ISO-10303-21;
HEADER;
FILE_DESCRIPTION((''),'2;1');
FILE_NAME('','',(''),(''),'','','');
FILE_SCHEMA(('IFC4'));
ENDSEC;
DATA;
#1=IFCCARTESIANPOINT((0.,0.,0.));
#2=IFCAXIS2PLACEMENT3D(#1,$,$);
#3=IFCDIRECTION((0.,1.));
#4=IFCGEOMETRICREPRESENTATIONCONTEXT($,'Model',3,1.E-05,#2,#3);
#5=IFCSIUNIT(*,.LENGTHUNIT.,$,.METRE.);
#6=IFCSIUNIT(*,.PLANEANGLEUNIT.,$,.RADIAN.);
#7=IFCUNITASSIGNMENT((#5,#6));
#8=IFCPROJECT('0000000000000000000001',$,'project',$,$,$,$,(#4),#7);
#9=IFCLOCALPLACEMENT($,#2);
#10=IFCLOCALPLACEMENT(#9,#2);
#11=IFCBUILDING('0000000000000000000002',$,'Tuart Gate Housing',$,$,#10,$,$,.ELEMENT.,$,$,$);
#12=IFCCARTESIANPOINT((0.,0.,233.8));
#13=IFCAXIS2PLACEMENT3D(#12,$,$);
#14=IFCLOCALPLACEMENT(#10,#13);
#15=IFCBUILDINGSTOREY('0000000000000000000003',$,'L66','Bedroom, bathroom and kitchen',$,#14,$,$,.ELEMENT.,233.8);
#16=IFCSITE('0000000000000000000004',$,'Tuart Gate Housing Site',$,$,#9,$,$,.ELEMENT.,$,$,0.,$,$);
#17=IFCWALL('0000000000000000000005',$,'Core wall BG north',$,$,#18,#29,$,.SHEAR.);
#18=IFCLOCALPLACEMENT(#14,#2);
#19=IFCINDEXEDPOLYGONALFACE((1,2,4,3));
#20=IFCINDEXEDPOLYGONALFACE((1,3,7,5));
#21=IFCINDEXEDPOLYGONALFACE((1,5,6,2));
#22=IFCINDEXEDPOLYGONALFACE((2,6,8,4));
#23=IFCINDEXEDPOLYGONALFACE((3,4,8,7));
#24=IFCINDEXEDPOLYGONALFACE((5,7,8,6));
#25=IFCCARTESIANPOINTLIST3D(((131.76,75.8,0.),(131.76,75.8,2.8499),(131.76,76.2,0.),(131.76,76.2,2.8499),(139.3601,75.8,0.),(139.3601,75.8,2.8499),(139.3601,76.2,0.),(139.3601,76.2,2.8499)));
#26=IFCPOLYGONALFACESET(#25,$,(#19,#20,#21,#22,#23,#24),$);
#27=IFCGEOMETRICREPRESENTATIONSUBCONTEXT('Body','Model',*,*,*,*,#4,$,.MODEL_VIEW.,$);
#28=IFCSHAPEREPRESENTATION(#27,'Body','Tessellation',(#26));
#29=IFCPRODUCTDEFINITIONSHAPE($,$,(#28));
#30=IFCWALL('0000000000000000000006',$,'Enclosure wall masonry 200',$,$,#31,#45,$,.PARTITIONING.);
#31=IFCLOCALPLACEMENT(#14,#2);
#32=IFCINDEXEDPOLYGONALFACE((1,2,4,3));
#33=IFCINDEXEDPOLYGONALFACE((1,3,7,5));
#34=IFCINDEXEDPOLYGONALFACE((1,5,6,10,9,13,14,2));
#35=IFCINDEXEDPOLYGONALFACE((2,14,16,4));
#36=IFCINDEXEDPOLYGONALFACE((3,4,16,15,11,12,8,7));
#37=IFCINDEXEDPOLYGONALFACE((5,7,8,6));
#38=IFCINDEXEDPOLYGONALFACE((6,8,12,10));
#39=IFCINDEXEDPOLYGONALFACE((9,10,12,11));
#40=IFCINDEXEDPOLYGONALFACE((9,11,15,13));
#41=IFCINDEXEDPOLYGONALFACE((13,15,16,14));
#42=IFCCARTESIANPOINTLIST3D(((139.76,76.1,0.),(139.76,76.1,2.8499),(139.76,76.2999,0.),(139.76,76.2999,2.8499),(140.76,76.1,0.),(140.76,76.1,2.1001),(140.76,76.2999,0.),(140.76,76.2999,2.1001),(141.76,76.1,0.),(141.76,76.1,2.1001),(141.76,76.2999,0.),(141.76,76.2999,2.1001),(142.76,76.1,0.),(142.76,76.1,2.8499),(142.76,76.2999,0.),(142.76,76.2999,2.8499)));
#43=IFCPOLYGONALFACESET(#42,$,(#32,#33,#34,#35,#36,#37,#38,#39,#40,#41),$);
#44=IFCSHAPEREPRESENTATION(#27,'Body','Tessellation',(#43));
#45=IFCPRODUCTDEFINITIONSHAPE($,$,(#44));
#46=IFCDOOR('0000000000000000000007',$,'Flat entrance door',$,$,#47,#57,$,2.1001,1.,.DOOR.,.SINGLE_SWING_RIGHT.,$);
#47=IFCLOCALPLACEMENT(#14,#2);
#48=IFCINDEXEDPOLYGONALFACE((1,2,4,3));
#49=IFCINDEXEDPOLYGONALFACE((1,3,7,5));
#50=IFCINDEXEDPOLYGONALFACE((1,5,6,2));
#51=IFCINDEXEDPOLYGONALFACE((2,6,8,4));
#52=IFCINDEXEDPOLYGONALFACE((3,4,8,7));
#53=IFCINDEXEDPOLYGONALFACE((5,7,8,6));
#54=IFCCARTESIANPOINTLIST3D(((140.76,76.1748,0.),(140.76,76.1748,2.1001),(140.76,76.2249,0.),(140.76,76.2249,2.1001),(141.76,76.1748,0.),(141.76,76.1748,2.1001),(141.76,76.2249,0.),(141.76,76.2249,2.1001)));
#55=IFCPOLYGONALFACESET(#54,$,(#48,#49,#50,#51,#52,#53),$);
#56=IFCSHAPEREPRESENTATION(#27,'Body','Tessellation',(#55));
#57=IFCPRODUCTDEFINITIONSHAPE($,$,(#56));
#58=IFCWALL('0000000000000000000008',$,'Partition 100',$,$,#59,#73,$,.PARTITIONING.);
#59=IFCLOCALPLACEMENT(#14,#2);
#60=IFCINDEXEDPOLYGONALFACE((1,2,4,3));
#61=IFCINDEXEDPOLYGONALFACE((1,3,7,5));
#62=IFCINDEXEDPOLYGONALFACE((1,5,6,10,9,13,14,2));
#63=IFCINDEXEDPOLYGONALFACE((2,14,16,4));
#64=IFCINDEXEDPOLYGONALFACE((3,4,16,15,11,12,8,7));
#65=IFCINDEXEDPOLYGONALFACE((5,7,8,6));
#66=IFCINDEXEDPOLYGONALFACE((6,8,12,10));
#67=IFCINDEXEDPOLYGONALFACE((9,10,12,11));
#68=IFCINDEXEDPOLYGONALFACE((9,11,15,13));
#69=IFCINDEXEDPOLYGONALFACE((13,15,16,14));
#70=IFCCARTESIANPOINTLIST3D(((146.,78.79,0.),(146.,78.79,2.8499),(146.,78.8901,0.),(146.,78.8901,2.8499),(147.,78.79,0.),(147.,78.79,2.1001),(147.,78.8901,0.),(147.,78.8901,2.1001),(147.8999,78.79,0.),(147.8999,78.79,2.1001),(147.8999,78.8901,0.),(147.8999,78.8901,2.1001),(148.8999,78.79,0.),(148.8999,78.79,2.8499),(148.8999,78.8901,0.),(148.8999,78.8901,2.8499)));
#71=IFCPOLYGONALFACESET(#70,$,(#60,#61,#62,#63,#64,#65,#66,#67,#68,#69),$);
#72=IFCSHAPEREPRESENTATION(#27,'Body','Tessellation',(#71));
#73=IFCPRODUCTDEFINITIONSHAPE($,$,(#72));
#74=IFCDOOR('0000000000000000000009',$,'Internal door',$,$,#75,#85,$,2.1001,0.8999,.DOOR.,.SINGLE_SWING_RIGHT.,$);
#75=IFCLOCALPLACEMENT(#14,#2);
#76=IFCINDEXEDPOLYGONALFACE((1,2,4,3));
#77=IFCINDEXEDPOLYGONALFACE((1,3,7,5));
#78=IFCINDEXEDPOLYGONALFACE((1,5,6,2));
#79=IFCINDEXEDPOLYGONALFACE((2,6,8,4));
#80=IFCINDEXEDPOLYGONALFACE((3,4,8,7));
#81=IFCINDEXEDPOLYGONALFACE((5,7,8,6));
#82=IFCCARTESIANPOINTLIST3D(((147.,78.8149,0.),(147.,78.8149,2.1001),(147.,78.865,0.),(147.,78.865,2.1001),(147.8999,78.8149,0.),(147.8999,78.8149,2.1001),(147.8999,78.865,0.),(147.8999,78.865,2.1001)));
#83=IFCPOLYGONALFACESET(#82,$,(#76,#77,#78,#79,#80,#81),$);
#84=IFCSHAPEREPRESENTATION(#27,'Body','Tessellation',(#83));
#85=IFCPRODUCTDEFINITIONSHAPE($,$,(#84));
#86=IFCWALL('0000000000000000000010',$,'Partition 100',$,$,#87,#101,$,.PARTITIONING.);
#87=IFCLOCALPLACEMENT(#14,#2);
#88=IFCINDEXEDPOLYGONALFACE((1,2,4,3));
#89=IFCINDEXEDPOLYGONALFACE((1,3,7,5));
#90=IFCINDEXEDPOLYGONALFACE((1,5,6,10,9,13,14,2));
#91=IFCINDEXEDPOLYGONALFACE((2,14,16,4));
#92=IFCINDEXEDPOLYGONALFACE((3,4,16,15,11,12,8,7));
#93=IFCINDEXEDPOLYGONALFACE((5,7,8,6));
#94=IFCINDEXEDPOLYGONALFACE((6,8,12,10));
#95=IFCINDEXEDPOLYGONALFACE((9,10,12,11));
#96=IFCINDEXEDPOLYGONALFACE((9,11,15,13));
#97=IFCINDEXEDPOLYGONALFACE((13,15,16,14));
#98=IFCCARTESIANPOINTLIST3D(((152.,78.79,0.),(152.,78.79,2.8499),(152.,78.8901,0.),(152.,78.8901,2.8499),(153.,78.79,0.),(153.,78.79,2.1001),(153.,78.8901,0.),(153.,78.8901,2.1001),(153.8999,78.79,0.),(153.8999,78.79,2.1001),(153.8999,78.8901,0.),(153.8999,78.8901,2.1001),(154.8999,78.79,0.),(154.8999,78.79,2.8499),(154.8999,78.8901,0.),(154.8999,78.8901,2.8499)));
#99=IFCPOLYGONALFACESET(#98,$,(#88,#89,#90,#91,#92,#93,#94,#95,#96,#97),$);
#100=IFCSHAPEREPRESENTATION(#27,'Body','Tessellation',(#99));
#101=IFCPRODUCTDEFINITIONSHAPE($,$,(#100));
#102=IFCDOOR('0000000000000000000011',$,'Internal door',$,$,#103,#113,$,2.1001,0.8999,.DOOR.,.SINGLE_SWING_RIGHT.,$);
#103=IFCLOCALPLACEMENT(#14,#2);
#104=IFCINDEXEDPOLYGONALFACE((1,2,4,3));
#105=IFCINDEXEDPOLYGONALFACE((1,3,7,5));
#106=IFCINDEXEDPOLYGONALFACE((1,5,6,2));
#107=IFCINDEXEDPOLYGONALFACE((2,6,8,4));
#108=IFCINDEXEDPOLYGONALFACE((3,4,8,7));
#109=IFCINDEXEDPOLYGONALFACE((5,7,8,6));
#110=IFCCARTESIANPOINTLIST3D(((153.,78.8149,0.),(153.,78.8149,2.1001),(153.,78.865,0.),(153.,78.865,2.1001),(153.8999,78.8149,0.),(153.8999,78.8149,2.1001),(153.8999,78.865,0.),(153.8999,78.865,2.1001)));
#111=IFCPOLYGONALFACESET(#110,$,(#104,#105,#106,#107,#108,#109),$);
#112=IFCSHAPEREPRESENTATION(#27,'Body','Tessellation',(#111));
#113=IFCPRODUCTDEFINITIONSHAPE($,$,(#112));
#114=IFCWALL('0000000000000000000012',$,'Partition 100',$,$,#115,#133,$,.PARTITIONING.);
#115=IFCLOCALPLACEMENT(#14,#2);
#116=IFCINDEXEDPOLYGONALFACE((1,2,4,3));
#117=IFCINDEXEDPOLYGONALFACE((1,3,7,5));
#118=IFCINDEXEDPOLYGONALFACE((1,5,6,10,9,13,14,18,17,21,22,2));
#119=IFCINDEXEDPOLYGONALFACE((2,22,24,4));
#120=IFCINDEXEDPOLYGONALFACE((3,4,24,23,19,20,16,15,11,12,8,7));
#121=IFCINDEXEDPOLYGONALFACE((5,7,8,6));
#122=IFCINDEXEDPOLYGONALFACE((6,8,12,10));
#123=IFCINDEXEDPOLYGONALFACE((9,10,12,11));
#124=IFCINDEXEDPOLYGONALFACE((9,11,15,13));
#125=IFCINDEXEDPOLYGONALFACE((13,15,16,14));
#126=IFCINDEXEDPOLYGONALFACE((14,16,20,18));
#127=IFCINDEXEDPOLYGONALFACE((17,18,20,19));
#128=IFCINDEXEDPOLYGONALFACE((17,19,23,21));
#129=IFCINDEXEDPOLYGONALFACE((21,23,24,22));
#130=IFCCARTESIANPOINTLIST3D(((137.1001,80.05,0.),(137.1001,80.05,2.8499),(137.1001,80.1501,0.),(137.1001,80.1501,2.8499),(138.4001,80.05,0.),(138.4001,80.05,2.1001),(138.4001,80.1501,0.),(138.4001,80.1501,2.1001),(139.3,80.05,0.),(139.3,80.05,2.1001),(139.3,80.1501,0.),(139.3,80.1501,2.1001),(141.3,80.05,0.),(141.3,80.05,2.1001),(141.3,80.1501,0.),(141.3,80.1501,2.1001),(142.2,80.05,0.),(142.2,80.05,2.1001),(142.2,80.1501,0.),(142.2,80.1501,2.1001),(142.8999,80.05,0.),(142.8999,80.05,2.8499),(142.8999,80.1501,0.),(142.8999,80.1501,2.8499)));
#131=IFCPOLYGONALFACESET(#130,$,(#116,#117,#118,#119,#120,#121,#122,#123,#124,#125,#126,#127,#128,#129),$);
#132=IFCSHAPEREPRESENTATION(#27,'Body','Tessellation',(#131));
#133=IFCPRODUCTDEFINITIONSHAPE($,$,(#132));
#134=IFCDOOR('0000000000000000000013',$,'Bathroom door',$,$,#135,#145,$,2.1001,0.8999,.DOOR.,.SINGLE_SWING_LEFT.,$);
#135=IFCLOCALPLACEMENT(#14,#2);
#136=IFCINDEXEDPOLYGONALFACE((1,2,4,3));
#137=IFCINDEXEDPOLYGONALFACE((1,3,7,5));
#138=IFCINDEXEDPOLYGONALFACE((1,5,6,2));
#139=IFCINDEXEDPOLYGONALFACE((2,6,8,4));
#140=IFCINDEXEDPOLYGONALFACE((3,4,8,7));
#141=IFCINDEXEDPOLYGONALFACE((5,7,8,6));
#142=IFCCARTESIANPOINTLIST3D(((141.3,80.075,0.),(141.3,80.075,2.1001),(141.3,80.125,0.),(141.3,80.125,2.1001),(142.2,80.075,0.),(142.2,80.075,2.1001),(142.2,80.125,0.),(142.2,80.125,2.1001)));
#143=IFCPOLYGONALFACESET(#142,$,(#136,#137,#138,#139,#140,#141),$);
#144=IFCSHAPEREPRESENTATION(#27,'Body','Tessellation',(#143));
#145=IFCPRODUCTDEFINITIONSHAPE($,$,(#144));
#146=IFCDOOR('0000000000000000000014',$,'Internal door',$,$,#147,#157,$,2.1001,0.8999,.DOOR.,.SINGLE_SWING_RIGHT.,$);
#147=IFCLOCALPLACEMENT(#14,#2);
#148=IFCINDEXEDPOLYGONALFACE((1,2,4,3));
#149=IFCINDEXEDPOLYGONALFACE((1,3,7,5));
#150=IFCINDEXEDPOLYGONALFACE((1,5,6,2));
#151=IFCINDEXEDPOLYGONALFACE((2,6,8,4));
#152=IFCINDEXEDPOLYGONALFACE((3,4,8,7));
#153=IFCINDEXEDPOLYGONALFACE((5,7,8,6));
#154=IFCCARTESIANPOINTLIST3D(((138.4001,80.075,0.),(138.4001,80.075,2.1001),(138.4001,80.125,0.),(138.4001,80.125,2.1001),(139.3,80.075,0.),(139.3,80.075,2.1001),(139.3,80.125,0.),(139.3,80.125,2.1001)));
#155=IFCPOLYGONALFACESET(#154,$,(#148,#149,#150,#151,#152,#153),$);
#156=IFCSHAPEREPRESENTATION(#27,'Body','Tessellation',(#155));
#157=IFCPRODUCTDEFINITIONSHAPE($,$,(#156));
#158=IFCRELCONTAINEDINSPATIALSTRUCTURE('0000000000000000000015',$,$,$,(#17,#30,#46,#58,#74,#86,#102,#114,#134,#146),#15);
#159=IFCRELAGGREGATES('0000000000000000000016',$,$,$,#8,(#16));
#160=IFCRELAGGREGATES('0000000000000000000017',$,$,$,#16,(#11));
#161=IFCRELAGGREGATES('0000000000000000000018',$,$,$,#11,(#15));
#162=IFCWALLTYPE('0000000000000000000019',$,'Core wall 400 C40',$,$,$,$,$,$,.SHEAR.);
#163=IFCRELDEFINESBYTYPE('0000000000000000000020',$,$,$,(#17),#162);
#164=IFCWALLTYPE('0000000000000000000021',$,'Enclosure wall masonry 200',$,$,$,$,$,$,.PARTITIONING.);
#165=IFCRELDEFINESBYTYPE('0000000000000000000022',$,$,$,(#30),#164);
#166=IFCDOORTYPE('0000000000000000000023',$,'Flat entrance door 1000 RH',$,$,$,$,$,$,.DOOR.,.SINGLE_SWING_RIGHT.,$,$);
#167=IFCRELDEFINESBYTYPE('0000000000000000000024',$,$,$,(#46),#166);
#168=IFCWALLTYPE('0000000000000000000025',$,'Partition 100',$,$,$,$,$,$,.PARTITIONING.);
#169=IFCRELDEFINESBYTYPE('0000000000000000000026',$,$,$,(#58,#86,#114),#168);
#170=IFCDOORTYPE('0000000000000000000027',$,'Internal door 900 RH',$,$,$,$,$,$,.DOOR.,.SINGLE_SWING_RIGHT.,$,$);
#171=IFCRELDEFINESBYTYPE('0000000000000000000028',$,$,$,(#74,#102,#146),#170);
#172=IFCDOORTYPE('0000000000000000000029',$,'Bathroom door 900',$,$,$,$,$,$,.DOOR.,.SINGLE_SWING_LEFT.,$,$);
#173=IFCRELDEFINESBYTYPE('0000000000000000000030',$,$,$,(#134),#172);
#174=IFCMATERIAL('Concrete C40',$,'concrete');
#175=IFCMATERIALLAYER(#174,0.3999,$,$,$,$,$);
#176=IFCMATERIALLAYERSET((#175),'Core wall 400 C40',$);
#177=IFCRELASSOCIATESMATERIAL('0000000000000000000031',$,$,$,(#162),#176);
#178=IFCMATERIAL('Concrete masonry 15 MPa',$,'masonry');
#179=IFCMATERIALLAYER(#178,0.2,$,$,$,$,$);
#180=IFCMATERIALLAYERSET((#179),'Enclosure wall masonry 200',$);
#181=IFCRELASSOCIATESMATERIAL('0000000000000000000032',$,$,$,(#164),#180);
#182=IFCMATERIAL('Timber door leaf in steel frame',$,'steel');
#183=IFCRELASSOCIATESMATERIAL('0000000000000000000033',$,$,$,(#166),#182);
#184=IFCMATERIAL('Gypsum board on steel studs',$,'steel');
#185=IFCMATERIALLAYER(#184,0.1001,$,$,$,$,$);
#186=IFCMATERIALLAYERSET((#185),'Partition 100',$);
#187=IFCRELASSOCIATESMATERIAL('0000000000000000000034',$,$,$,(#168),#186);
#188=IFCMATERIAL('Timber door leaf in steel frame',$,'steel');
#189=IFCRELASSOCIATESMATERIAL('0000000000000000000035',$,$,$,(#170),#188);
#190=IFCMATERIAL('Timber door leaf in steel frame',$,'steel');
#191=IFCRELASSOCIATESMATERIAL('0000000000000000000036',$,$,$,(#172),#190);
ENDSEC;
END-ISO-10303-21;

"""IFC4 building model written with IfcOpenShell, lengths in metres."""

from ifc_helpers import new_model, si_unit, direction, frame, frame_2d, origin, place, context, subcontext, project, spatial, rectangle, extrude, material, layer, layer_set, type_object, element, fill, save


model = new_model("IFC4")

# Units and contexts
model_context = context("Model", 3, precision=1e-05, world=origin(), true_north=direction((0.0, 1.0)))
body_context = subcontext(model_context, "Body", "Model", "MODEL_VIEW")
ifc_project = project(units=[si_unit("LENGTHUNIT", "METRE"), si_unit("PLANEANGLEUNIT", "RADIAN")], contexts=[model_context])

# Site, building, storey
site_placement = place(None, origin())
site = spatial("IfcSite", under=ifc_project, at=site_placement, Name="Tuart Gate Housing Site", CompositionType="ELEMENT", RefElevation=0.0)
building_placement = place(site_placement, origin())
building = spatial("IfcBuilding", under=site, at=building_placement, Name="Tuart Gate Housing", CompositionType="ELEMENT")
storey_placement = place(building_placement, frame((0.0, 0.0, 233.8)))
storey = spatial("IfcBuildingStorey", under=building, at=storey_placement, Name="L66", Description="Bedroom, bathroom and kitchen", CompositionType="ELEMENT", Elevation=233.8)

# Wall
ifc_material_1 = material(Name="Concrete C40", Category="concrete")
ifc_layer_1 = layer(ifc_material_1, 0.3999)
ifc_layer_set_1 = layer_set([ifc_layer_1], Name="Core wall 400 C40")
wall_type_1 = type_object("IfcWallType", Name="Core wall 400 C40", PredefinedType="SHEAR", material=ifc_layer_set_1)
wall_1_placement = place(storey_placement, frame((139.3601, 76.0, 0.0), z_axis=(0.0, 0.0, 1.0), x_axis=(-1.0, 0.0, 0.0)))
element("IfcWall", 1, at=wall_1_placement, inside=storey, type_object=wall_type_1, Name="Core wall BG north", PredefinedType="SHEAR", context=body_context, shape_type="SweptSolid", body=[
    extrude(rectangle(XDim=7.6001, YDim=0.3999, at=frame_2d((3.8, 0.0))), origin(), (0.0, 0.0, 1.0), 2.8499),
])

# Walls, openings, doors
ifc_material_2 = material(Name="Concrete masonry 15 MPa", Category="masonry")
ifc_layer_2 = layer(ifc_material_2, 0.2)
ifc_layer_set_2 = layer_set([ifc_layer_2], Name="Enclosure wall masonry 200")
wall_type_2 = type_object("IfcWallType", Name="Enclosure wall masonry 200", PredefinedType="PARTITIONING", material=ifc_layer_set_2)
wall_2_placement = place(storey_placement, frame((139.76, 76.2, 0.0), z_axis=(0.0, 0.0, 1.0), x_axis=(1.0, 0.0, 0.0)))
wall_2 = element("IfcWall", 2, at=wall_2_placement, inside=storey, type_object=wall_type_2, Name="Enclosure wall masonry 200", PredefinedType="PARTITIONING", context=body_context, shape_type="SweptSolid", body=[
    extrude(rectangle(XDim=3.0, YDim=0.2, at=frame_2d((1.5, 0.0))), origin(), (0.0, 0.0, 1.0), 2.8499),
])
opening_1_placement = place(wall_2_placement, frame((1.0, 0.0, 0.0)))
opening_1 = element("IfcOpeningElement", 3, at=opening_1_placement, cuts=wall_2, PredefinedType="OPENING", context=body_context, shape_type="SweptSolid", body=[
    extrude(rectangle(XDim=1.0, YDim=2.1001, at=frame_2d((0.5, 1.05))), frame((0.0, 0.1099, 0.0), z_axis=(0.0, -1.0, 0.0), x_axis=(1.0, 0.0, 0.0)), (0.0, 0.0, 1.0), 0.22),
])
ifc_material_3 = material(Name="Timber door leaf in steel frame", Category="steel")
door_type_1 = type_object("IfcDoorType", Name="Flat entrance door 1000 RH", OperationType="SINGLE_SWING_RIGHT", PredefinedType="DOOR", material=ifc_material_3)
door_1_placement = place(opening_1_placement, origin())
door_1 = element("IfcDoor", 4, at=door_1_placement, inside=storey, type_object=door_type_1, Name="Flat entrance door", OperationType="SINGLE_SWING_RIGHT", OverallHeight=2.1001, OverallWidth=1.0, PredefinedType="DOOR", context=body_context, shape_type="SweptSolid", body=[
    extrude(rectangle(XDim=1.0, YDim=2.1001, at=frame_2d((0.5, 1.05))), frame((0.0, 0.0249, 0.0), z_axis=(0.0, -1.0, 0.0), x_axis=(1.0, 0.0, 0.0)), (0.0, 0.0, 1.0), 0.05),
])
fill(opening_1, door_1)
ifc_material_4 = material(Name="Gypsum board on steel studs", Category="steel")
ifc_layer_3 = layer(ifc_material_4, 0.1001)
ifc_layer_set_3 = layer_set([ifc_layer_3], Name="Partition 100")
wall_type_3 = type_object("IfcWallType", Name="Partition 100", PredefinedType="PARTITIONING", material=ifc_layer_set_3)
wall_3_placement = place(storey_placement, frame((146.0, 78.8401, 0.0), z_axis=(0.0, 0.0, 1.0), x_axis=(1.0, 0.0, 0.0)))
wall_3 = element("IfcWall", 5, at=wall_3_placement, inside=storey, type_object=wall_type_3, Name="Partition 100", PredefinedType="PARTITIONING", context=body_context, shape_type="SweptSolid", body=[
    extrude(rectangle(XDim=2.8999, YDim=0.1001, at=frame_2d((1.45, 0.0))), origin(), (0.0, 0.0, 1.0), 2.8499),
])
opening_2_placement = place(wall_3_placement, frame((1.0, 0.0, 0.0)))
opening_2 = element("IfcOpeningElement", 6, at=opening_2_placement, cuts=wall_3, PredefinedType="OPENING", context=body_context, shape_type="SweptSolid", body=[
    extrude(rectangle(XDim=0.8999, YDim=2.1001, at=frame_2d((0.45, 1.05))), frame((0.0, 0.0601, 0.0), z_axis=(0.0, -1.0, 0.0), x_axis=(1.0, 0.0, 0.0)), (0.0, 0.0, 1.0), 0.1201),
])
ifc_material_5 = material(Name="Timber door leaf in steel frame", Category="steel")
door_type_2 = type_object("IfcDoorType", Name="Internal door 900 RH", OperationType="SINGLE_SWING_RIGHT", PredefinedType="DOOR", material=ifc_material_5)
door_2_placement = place(opening_2_placement, frame((0.8999, 0.0, 0.0), z_axis=(0.0, 0.0, 1.0), x_axis=(-1.0, 0.0, 0.0)))
door_2 = element("IfcDoor", 7, at=door_2_placement, inside=storey, type_object=door_type_2, Name="Internal door", OperationType="SINGLE_SWING_RIGHT", OverallHeight=2.1001, OverallWidth=0.8999, PredefinedType="DOOR", context=body_context, shape_type="SweptSolid", body=[
    extrude(rectangle(XDim=0.8999, YDim=2.1001, at=frame_2d((0.45, 1.05))), frame((0.0, 0.0251, 0.0), z_axis=(0.0, -1.0, 0.0), x_axis=(1.0, 0.0, 0.0)), (0.0, 0.0, 1.0), 0.05),
])
fill(opening_2, door_2)
wall_4_placement = place(storey_placement, frame((152.0, 78.8401, 0.0), z_axis=(0.0, 0.0, 1.0), x_axis=(1.0, 0.0, 0.0)))
wall_4 = element("IfcWall", 8, at=wall_4_placement, inside=storey, type_object=wall_type_3, Name="Partition 100", PredefinedType="PARTITIONING", context=body_context, shape_type="SweptSolid", body=[
    extrude(rectangle(XDim=2.8999, YDim=0.1001, at=frame_2d((1.45, 0.0))), origin(), (0.0, 0.0, 1.0), 2.8499),
])
opening_3_placement = place(wall_4_placement, frame((1.0, 0.0, 0.0)))
opening_3 = element("IfcOpeningElement", 9, at=opening_3_placement, cuts=wall_4, PredefinedType="OPENING", context=body_context, shape_type="SweptSolid", body=[
    extrude(rectangle(XDim=0.8999, YDim=2.1001, at=frame_2d((0.45, 1.05))), frame((0.0, 0.0601, 0.0), z_axis=(0.0, -1.0, 0.0), x_axis=(1.0, 0.0, 0.0)), (0.0, 0.0, 1.0), 0.1201),
])
door_3_placement = place(opening_3_placement, frame((0.8999, 0.0, 0.0), z_axis=(0.0, 0.0, 1.0), x_axis=(-1.0, 0.0, 0.0)))
door_3 = element("IfcDoor", 10, at=door_3_placement, inside=storey, type_object=door_type_2, Name="Internal door", OperationType="SINGLE_SWING_RIGHT", OverallHeight=2.1001, OverallWidth=0.8999, PredefinedType="DOOR", context=body_context, shape_type="SweptSolid", body=[
    extrude(rectangle(XDim=0.8999, YDim=2.1001, at=frame_2d((0.45, 1.05))), frame((0.0, 0.0251, 0.0), z_axis=(0.0, -1.0, 0.0), x_axis=(1.0, 0.0, 0.0)), (0.0, 0.0, 1.0), 0.05),
])
fill(opening_3, door_3)

# Wall, openings, doors
wall_5_placement = place(storey_placement, frame((137.1001, 80.1001, 0.0), z_axis=(0.0, 0.0, 1.0), x_axis=(1.0, 0.0, 0.0)))
wall_5 = element("IfcWall", 11, at=wall_5_placement, inside=storey, type_object=wall_type_3, Name="Partition 100", PredefinedType="PARTITIONING", context=body_context, shape_type="SweptSolid", body=[
    extrude(rectangle(XDim=5.7998, YDim=0.1001, at=frame_2d((2.8999, 0.0))), origin(), (0.0, 0.0, 1.0), 2.8499),
])
opening_4_placement = place(wall_5_placement, frame((1.3, 0.0, 0.0)))
opening_4 = element("IfcOpeningElement", 12, at=opening_4_placement, cuts=wall_5, PredefinedType="OPENING", context=body_context, shape_type="SweptSolid", body=[
    extrude(rectangle(XDim=0.8999, YDim=2.1001, at=frame_2d((0.45, 1.05))), frame((0.0, 0.0601, 0.0), z_axis=(0.0, -1.0, 0.0), x_axis=(1.0, 0.0, 0.0)), (0.0, 0.0, 1.0), 0.1201),
])
opening_5_placement = place(wall_5_placement, frame((4.2, 0.0, 0.0)))
opening_5 = element("IfcOpeningElement", 13, at=opening_5_placement, cuts=wall_5, PredefinedType="OPENING", context=body_context, shape_type="SweptSolid", body=[
    extrude(rectangle(XDim=0.8999, YDim=2.1001, at=frame_2d((0.45, 1.05))), frame((0.0, 0.0601, 0.0), z_axis=(0.0, -1.0, 0.0), x_axis=(1.0, 0.0, 0.0)), (0.0, 0.0, 1.0), 0.1201),
])
ifc_material_6 = material(Name="Timber door leaf in steel frame", Category="steel")
door_type_3 = type_object("IfcDoorType", Name="Bathroom door 900", OperationType="SINGLE_SWING_LEFT", PredefinedType="DOOR", material=ifc_material_6)
door_4_placement = place(opening_5_placement, origin())
door_4 = element("IfcDoor", 14, at=door_4_placement, inside=storey, type_object=door_type_3, Name="Bathroom door", OperationType="SINGLE_SWING_LEFT", OverallHeight=2.1001, OverallWidth=0.8999, PredefinedType="DOOR", context=body_context, shape_type="SweptSolid", body=[
    extrude(rectangle(XDim=0.8999, YDim=2.1001, at=frame_2d((0.45, 1.05))), frame((0.0, 0.0249, 0.0), z_axis=(0.0, -1.0, 0.0), x_axis=(1.0, 0.0, 0.0)), (0.0, 0.0, 1.0), 0.05),
])
fill(opening_5, door_4)
door_5_placement = place(opening_4_placement, frame((0.8999, 0.0, 0.0), z_axis=(0.0, 0.0, 1.0), x_axis=(-1.0, 0.0, 0.0)))
door_5 = element("IfcDoor", 15, at=door_5_placement, inside=storey, type_object=door_type_2, Name="Internal door", OperationType="SINGLE_SWING_RIGHT", OverallHeight=2.1001, OverallWidth=0.8999, PredefinedType="DOOR", context=body_context, shape_type="SweptSolid", body=[
    extrude(rectangle(XDim=0.8999, YDim=2.1001, at=frame_2d((0.45, 1.05))), frame((0.0, 0.0251, 0.0), z_axis=(0.0, -1.0, 0.0), x_axis=(1.0, 0.0, 0.0)), (0.0, 0.0, 1.0), 0.05),
])
fill(opening_4, door_5)

save(model, "model.ifc")
